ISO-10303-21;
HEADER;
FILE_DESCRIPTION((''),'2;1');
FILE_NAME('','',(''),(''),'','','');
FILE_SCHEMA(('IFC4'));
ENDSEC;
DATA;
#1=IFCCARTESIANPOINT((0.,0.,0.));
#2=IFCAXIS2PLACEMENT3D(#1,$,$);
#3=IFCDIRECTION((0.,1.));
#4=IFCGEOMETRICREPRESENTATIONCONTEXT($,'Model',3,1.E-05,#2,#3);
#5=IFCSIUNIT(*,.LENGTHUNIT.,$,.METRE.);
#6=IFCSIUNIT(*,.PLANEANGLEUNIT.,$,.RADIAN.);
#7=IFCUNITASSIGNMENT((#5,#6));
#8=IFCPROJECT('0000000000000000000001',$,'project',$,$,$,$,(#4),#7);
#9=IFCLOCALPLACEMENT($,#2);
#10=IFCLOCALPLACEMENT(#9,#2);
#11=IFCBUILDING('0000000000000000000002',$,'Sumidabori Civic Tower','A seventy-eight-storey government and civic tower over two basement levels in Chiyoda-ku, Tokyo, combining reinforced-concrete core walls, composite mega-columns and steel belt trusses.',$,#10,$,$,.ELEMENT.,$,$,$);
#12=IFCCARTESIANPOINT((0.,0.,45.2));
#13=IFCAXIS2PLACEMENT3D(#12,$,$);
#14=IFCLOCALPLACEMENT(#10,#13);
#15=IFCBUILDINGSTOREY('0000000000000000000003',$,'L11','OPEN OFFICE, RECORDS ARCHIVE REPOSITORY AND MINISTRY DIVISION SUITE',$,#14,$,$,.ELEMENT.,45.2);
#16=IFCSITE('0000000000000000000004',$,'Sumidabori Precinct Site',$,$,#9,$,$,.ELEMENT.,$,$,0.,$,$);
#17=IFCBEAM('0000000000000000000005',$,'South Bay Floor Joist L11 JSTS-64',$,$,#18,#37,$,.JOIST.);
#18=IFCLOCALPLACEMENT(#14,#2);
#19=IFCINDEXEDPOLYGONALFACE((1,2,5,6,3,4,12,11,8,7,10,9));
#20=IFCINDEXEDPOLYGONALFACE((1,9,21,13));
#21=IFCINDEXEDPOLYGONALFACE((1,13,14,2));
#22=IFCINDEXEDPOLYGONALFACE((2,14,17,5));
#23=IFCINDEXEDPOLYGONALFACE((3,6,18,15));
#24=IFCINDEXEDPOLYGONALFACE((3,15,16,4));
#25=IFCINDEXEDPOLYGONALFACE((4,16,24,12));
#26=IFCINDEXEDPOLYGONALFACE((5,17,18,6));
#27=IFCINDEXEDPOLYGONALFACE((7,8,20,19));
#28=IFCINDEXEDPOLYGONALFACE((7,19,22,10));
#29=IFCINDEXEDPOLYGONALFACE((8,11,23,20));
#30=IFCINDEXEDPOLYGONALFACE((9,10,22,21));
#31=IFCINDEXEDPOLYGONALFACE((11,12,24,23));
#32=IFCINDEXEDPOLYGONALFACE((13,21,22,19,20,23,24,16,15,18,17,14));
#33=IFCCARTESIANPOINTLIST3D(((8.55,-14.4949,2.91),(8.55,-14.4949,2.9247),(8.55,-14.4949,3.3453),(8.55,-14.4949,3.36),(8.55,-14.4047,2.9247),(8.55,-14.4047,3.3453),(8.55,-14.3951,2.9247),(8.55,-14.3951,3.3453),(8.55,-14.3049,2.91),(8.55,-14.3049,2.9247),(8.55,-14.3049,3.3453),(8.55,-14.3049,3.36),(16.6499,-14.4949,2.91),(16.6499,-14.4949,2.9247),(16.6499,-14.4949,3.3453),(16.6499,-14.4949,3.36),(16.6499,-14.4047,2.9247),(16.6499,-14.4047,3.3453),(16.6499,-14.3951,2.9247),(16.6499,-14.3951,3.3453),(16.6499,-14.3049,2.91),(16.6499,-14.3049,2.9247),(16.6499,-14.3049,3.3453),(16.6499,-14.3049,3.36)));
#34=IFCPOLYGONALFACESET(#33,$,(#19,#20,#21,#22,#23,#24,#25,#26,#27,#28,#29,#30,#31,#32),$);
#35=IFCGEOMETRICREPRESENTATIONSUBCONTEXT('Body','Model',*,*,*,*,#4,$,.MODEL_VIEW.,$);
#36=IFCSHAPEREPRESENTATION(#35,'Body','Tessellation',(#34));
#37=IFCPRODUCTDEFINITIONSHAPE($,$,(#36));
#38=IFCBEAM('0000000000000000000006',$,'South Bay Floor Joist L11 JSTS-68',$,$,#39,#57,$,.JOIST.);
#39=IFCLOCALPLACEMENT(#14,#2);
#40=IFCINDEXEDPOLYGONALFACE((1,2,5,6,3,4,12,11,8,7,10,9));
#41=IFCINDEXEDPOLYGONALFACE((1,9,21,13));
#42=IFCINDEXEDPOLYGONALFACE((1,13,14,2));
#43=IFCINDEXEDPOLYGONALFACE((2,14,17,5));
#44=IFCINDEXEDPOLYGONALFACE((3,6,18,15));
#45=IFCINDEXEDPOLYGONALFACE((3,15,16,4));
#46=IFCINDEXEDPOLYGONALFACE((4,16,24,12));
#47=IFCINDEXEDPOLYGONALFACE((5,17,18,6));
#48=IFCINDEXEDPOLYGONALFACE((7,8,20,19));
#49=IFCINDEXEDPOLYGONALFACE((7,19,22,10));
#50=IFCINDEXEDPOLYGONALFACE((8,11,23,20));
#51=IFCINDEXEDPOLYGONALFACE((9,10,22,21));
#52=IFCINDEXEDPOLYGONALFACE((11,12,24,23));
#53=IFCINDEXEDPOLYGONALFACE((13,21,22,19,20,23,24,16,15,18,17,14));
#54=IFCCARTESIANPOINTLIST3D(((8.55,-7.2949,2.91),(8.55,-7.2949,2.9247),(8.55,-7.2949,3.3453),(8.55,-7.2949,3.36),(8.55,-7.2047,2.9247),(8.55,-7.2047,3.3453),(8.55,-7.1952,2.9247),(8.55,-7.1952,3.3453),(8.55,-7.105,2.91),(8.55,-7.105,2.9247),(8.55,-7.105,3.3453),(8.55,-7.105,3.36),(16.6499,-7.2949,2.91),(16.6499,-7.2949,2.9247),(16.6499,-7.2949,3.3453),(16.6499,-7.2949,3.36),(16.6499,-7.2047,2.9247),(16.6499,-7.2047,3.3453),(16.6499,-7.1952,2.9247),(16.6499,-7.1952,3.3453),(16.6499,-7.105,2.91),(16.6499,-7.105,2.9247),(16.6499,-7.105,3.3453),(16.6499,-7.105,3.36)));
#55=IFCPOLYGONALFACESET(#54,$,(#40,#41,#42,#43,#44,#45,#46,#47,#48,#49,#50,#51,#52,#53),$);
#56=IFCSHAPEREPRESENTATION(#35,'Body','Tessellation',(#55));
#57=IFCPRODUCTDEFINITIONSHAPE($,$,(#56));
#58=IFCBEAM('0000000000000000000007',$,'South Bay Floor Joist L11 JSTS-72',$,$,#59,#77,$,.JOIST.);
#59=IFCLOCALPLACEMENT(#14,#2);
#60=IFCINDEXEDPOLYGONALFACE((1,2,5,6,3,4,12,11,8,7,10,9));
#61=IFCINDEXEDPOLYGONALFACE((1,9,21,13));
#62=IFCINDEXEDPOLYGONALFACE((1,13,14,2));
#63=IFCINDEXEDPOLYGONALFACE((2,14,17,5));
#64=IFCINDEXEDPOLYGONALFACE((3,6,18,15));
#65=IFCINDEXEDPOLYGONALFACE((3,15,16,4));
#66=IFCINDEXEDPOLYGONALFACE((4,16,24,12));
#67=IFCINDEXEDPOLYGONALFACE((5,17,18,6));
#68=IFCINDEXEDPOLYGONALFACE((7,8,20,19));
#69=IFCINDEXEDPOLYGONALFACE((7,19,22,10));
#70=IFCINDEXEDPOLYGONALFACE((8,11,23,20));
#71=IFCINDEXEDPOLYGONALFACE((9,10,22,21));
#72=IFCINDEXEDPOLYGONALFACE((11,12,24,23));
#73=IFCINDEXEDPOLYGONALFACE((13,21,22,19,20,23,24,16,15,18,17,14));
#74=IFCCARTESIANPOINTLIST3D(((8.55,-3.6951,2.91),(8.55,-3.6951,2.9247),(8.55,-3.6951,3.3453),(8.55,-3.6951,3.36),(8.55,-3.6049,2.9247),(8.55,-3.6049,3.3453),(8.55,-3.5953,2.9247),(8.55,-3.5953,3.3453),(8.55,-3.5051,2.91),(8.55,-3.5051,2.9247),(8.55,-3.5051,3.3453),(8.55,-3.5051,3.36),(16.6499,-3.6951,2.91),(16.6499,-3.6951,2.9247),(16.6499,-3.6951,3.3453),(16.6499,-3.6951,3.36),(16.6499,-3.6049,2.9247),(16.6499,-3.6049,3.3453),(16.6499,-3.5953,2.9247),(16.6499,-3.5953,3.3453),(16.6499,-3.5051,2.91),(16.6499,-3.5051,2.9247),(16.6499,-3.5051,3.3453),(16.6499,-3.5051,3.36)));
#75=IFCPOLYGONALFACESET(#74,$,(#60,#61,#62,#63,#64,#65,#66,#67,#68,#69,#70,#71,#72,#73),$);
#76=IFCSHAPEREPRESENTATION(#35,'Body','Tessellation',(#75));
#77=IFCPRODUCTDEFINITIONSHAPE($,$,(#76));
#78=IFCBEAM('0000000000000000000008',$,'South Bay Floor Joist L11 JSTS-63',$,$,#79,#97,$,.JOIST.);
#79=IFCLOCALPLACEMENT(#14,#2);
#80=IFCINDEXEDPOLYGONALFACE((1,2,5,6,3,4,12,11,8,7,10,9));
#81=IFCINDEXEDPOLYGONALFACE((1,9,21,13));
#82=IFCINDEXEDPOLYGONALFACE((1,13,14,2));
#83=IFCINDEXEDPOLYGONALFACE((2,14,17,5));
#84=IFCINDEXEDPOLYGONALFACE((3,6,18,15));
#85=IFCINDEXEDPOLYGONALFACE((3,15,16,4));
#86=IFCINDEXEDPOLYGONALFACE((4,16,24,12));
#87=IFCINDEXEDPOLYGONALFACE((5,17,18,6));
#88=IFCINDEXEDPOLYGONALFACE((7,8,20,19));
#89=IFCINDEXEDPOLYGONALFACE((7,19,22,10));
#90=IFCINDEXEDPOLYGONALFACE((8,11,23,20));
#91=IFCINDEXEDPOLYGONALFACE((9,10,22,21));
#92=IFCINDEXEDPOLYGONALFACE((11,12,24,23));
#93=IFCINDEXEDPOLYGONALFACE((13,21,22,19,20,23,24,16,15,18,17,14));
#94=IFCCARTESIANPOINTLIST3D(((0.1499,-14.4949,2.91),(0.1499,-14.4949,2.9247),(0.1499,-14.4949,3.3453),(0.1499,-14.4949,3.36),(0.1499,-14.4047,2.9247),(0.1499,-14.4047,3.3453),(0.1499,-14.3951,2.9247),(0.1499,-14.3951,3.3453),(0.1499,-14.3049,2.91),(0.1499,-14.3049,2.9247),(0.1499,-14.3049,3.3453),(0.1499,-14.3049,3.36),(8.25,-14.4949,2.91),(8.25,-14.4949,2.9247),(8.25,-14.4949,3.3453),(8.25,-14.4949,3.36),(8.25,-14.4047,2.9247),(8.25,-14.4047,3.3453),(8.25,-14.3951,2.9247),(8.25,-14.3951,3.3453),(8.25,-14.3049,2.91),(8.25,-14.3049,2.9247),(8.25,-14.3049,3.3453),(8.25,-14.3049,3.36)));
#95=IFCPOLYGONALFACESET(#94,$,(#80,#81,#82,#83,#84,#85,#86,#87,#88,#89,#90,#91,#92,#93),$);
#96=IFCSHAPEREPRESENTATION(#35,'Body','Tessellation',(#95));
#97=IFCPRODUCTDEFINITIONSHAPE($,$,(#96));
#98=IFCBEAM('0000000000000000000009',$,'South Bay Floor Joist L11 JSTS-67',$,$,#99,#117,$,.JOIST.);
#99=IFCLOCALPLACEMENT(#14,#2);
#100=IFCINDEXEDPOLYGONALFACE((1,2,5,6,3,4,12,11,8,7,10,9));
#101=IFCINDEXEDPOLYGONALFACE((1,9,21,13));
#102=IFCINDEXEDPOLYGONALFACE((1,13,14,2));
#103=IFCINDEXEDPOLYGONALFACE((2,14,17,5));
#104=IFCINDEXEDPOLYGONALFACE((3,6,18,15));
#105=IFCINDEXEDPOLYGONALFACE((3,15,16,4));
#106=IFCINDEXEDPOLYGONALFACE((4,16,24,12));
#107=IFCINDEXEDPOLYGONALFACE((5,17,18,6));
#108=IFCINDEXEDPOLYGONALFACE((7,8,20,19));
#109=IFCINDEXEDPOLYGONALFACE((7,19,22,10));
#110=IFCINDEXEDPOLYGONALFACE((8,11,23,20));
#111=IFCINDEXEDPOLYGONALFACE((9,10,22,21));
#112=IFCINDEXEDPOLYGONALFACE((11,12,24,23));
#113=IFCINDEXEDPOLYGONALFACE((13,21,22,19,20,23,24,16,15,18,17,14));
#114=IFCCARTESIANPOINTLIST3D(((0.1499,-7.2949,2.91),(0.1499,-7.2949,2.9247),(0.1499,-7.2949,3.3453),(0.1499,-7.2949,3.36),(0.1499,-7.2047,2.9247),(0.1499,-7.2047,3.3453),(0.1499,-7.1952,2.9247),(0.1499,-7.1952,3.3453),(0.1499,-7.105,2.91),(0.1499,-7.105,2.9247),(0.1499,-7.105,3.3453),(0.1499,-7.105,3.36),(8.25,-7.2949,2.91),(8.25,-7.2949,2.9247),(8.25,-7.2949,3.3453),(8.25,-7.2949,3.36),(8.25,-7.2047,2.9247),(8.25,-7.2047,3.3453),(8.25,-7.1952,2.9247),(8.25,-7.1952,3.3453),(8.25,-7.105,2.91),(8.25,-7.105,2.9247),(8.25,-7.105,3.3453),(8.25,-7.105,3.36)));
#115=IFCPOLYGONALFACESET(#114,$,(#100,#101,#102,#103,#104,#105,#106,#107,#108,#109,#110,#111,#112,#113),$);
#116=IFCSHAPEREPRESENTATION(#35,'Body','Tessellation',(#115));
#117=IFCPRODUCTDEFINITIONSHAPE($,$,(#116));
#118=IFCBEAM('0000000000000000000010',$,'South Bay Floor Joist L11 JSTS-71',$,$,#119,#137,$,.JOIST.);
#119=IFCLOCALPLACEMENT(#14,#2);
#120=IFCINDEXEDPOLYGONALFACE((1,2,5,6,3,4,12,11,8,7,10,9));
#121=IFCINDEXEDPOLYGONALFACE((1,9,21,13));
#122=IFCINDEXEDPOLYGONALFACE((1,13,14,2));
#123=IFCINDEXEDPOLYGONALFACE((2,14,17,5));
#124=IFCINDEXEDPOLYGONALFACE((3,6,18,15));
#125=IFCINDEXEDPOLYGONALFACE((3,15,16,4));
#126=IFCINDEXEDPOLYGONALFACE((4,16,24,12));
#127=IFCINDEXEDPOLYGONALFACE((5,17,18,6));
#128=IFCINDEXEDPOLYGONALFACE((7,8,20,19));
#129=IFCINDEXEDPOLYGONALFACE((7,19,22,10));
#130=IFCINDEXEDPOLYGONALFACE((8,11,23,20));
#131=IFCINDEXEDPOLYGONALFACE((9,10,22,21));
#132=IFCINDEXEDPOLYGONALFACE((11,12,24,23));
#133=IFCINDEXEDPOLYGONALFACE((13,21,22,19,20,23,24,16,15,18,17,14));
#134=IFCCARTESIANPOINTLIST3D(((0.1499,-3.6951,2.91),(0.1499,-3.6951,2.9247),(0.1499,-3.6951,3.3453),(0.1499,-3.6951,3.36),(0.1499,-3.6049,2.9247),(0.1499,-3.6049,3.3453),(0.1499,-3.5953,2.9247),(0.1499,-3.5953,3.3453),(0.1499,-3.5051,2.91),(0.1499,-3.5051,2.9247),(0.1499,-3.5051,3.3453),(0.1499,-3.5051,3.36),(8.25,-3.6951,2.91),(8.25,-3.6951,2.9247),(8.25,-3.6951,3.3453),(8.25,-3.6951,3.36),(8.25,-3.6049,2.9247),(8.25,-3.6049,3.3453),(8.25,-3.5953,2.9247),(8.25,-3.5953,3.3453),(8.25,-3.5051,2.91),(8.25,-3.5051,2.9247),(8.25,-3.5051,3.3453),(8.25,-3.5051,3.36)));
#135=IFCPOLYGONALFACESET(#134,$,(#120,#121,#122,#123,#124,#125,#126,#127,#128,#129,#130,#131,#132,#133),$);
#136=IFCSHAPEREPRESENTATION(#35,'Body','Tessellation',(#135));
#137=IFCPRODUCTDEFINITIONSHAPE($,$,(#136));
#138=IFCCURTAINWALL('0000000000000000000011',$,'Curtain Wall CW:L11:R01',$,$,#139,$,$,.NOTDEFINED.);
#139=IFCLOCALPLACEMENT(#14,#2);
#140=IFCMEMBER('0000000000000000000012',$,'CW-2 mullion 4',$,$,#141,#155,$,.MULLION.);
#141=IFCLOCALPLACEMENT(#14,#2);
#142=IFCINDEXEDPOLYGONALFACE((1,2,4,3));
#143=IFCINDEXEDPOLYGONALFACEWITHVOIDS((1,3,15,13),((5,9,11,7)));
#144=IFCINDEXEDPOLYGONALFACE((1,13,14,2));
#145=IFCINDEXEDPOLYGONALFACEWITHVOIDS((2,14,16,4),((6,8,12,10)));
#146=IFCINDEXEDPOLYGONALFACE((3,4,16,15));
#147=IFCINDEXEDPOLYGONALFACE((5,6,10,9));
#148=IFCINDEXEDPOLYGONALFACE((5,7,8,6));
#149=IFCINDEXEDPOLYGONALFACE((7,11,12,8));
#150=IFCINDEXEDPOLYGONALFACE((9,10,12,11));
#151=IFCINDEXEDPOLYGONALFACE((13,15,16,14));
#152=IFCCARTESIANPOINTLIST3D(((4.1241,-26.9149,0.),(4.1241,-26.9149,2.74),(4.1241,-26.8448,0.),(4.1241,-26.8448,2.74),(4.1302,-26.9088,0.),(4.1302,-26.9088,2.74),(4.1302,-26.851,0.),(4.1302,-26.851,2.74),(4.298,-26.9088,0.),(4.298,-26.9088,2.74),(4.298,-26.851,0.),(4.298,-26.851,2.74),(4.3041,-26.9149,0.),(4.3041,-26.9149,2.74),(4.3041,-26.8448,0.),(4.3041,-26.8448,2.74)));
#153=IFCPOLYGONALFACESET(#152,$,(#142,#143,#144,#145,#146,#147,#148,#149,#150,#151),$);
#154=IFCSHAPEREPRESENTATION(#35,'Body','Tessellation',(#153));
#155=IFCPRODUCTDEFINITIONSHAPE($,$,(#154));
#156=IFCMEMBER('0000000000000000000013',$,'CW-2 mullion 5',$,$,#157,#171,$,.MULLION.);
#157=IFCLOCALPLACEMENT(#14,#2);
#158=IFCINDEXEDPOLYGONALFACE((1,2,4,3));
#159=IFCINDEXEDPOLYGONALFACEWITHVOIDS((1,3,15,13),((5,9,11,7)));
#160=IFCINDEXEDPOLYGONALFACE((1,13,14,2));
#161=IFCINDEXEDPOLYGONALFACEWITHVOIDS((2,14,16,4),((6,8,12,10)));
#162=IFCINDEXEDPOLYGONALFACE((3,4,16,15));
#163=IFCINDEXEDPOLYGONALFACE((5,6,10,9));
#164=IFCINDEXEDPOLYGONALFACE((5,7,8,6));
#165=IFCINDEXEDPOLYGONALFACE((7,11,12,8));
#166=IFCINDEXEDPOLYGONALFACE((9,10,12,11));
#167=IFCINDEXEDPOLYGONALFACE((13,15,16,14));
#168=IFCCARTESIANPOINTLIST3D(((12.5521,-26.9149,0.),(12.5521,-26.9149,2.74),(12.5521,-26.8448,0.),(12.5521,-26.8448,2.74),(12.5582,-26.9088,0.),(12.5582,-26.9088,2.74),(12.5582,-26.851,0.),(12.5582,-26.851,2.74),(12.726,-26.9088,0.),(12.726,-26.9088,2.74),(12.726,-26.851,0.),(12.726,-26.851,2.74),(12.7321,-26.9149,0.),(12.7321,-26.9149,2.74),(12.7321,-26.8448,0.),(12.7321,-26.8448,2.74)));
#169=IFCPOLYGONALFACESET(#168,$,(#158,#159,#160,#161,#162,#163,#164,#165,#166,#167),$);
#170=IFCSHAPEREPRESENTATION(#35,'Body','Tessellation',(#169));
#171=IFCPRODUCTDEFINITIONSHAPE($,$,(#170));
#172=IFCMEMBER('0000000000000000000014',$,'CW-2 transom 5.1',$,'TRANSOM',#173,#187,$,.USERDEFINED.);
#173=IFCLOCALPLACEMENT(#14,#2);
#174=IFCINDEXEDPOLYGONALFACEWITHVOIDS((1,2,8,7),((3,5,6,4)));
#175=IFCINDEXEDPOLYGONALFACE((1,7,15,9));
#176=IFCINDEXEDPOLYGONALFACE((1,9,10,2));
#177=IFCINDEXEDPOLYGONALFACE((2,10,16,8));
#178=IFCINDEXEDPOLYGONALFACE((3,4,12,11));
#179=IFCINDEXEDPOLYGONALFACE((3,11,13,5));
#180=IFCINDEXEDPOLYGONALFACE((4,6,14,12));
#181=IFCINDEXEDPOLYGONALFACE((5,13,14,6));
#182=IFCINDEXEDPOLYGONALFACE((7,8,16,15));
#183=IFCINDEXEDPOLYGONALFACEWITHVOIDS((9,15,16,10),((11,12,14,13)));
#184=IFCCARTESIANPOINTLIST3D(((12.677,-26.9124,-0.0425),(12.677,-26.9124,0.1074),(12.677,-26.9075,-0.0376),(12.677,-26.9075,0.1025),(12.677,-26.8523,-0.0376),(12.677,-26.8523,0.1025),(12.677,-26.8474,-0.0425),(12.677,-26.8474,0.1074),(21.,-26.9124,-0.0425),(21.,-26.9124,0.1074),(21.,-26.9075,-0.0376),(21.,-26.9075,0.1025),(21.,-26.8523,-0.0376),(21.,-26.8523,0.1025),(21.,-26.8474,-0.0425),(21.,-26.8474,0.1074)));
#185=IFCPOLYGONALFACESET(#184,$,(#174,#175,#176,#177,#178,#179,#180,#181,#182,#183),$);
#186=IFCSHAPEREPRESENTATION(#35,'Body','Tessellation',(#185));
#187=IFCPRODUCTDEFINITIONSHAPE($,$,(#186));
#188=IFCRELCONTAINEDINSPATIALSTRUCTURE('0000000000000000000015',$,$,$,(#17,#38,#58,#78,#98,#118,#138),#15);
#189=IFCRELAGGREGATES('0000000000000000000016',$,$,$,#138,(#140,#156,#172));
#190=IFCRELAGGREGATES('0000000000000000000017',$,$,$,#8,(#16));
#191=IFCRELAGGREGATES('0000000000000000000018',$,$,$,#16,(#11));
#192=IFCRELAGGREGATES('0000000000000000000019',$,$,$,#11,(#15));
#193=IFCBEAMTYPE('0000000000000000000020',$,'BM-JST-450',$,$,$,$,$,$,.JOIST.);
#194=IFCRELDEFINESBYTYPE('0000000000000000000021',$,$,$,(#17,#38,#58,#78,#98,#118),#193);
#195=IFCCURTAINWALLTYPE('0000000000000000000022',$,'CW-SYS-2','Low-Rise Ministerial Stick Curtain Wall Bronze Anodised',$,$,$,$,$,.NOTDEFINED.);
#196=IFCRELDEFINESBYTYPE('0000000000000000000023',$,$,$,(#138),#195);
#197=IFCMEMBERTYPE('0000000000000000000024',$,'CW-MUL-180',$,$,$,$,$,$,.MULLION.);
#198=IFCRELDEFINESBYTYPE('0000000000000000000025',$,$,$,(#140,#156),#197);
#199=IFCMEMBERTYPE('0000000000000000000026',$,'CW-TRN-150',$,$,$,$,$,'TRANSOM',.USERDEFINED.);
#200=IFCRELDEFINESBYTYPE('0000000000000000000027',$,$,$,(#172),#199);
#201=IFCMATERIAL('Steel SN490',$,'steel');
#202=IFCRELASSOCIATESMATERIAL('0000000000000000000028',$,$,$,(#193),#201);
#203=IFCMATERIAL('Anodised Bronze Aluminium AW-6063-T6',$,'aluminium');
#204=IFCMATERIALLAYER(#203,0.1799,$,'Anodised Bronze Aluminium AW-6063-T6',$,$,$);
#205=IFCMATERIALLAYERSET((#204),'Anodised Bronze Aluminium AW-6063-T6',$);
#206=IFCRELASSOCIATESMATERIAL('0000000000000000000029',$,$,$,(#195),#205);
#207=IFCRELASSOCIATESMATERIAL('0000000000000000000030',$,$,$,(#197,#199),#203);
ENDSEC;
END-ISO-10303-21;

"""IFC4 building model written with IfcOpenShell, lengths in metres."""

from ifc_helpers import new_model, si_unit, direction, frame, origin, origin_2d, place, context, subcontext, project, spatial, hollow_rectangle, i_section, extrude, source, transform, mapped, material, layer, layer_set, material_profile, profile_set, type_object, element, aggregate, save


model = new_model("IFC4")

# Units and contexts
model_context = context("Model", 3, precision=1e-05, world=origin(), true_north=direction((0.0, 1.0)))
body_context = subcontext(model_context, "Body", "Model", "MODEL_VIEW")
ifc_project = project(units=[si_unit("LENGTHUNIT", "METRE"), si_unit("PLANEANGLEUNIT", "RADIAN")], contexts=[model_context])

# Site, building, storey
site_placement = place(None, origin())
site = spatial("IfcSite", under=ifc_project, at=site_placement, Name="Sumidabori Precinct Site", CompositionType="ELEMENT", RefElevation=0.0)
building_placement = place(site_placement, origin())
building = spatial("IfcBuilding", under=site, at=building_placement, Name="Sumidabori Civic Tower", Description="A seventy-eight-storey government and civic tower over two basement levels in Chiyoda-ku, Tokyo, combining reinforced-concrete core walls, composite mega-columns and steel belt trusses.", CompositionType="ELEMENT")
storey_placement = place(building_placement, frame((0.0, 0.0, 45.2)))
storey = spatial("IfcBuildingStorey", under=building, at=storey_placement, Name="L11", Description="OPEN OFFICE, RECORDS ARCHIVE REPOSITORY AND MINISTRY DIVISION SUITE", CompositionType="ELEMENT", Elevation=45.2)

# Beams
ifc_material_1 = material(Name="Steel SN490", Category="steel")
ifc_material_profile_1 = material_profile(ifc_material_1, i_section(OverallWidth=0.1899, OverallDepth=0.45, WebThickness=0.0095, FlangeThickness=0.0146, at=origin_2d()), Name="IPE 450")
ifc_profile_set_1 = profile_set([ifc_material_profile_1], Name="Steel SN490")
beam_type_1 = type_object("IfcBeamType", Name="BM-JST-450", PredefinedType="JOIST", material=ifc_profile_set_1)
shared_shape_1 = source(origin(), body_context, "Body", "SweptSolid", [
    extrude(i_section(OverallWidth=0.1899, OverallDepth=0.45, WebThickness=0.0095, FlangeThickness=0.0146, at=origin_2d()), origin(), (0.0, 0.0, 1.0), 8.0999),
])
for number, where, z_axis, x_axis, name in (
    (1, (8.55, -14.3999, 3.135), (1.0, 0.0, 0.0), (0.0, 1.0, 0.0), "South Bay Floor Joist L11 JSTS-64"),
    (2, (8.55, -7.2, 3.135), (1.0, 0.0, 0.0), (0.0, 1.0, 0.0), "South Bay Floor Joist L11 JSTS-68"),
    (3, (8.55, -3.6001, 3.135), (1.0, 0.0, 0.0), (0.0, 1.0, 0.0), "South Bay Floor Joist L11 JSTS-72"),
):
    element("IfcBeam", number, at=place(storey_placement, frame(where, z_axis=z_axis, x_axis=x_axis)), inside=storey, type_object=beam_type_1, Name=name, PredefinedType="JOIST", context=body_context, shape_type="MappedRepresentation", body=[
        mapped(shared_shape_1, transform((0.0, 0.0, 0.0), x_axis=(1.0, 0.0, 0.0), y_axis=(0.0, 1.0, 0.0), z_axis=(0.0, 0.0, 1.0), scale=1.0)),
    ])
shared_shape_2 = source(origin(), body_context, "Body", "SweptSolid", [
    extrude(i_section(OverallWidth=0.1899, OverallDepth=0.45, WebThickness=0.0095, FlangeThickness=0.0146, at=origin_2d()), origin(), (0.0, 0.0, 1.0), 8.1001),
])
for number, where, z_axis, x_axis, name in (
    (4, (0.1499, -14.3999, 3.135), (1.0, 0.0, 0.0), (0.0, 1.0, 0.0), "South Bay Floor Joist L11 JSTS-63"),
    (5, (0.1499, -7.2, 3.135), (1.0, 0.0, 0.0), (0.0, 1.0, 0.0), "South Bay Floor Joist L11 JSTS-67"),
    (6, (0.1499, -3.6001, 3.135), (1.0, 0.0, 0.0), (0.0, 1.0, 0.0), "South Bay Floor Joist L11 JSTS-71"),
):
    element("IfcBeam", number, at=place(storey_placement, frame(where, z_axis=z_axis, x_axis=x_axis)), inside=storey, type_object=beam_type_1, Name=name, PredefinedType="JOIST", context=body_context, shape_type="MappedRepresentation", body=[
        mapped(shared_shape_2, transform((0.0, 0.0, 0.0), x_axis=(1.0, 0.0, 0.0), y_axis=(0.0, 1.0, 0.0), z_axis=(0.0, 0.0, 1.0), scale=1.0)),
    ])

# Curtain wall, members
ifc_material_2 = material(Name="Anodised Bronze Aluminium AW-6063-T6", Category="aluminium")
ifc_layer_1 = layer(ifc_material_2, 0.1799, Name="Anodised Bronze Aluminium AW-6063-T6")
ifc_layer_set_1 = layer_set([ifc_layer_1], Name="Anodised Bronze Aluminium AW-6063-T6")
curtain_wall_type = type_object("IfcCurtainWallType", Name="CW-SYS-2", Description="Low-Rise Ministerial Stick Curtain Wall Bronze Anodised", PredefinedType="NOTDEFINED", material=ifc_layer_set_1)
curtain_wall_placement = place(storey_placement, origin())
curtain_wall = element("IfcCurtainWall", 7, at=curtain_wall_placement, inside=storey, type_object=curtain_wall_type, Name="Curtain Wall CW:L11:R01", PredefinedType="NOTDEFINED")
ifc_material_profile_2 = material_profile(ifc_material_2, hollow_rectangle(XDim=0.0701, YDim=0.1799, WallThickness=0.0061, at=origin_2d()), Name="ALU MULLION 180x70")
ifc_profile_set_2 = profile_set([ifc_material_profile_2], Name="Anodised Bronze Aluminium AW-6063-T6")
member_type_1 = type_object("IfcMemberType", Name="CW-MUL-180", PredefinedType="MULLION", material=ifc_profile_set_2)
shared_shape_3 = source(origin(), body_context, "Body", "SweptSolid", [
    extrude(hollow_rectangle(XDim=0.0701, YDim=0.1799, WallThickness=0.0061, at=origin_2d()), origin(), (0.0, 0.0, 1.0), 2.74),
])
member_1_placement = place(storey_placement, frame((4.2141, -26.8799, 0.0), z_axis=(0.0, 0.0, 1.0), x_axis=(0.0, 1.0, 0.0)))
member_1 = element("IfcMember", 8, at=member_1_placement, type_object=member_type_1, Name="CW-2 mullion 4", PredefinedType="MULLION", context=body_context, shape_type="MappedRepresentation", body=[
    mapped(shared_shape_3, transform((0.0, 0.0, 0.0), x_axis=(1.0, 0.0, 0.0), y_axis=(0.0, 1.0, 0.0), z_axis=(0.0, 0.0, 1.0), scale=1.0)),
])
member_2_placement = place(storey_placement, frame((12.6421, -26.8799, 0.0), z_axis=(0.0, 0.0, 1.0), x_axis=(0.0, 1.0, 0.0)))
member_2 = element("IfcMember", 9, at=member_2_placement, type_object=member_type_1, Name="CW-2 mullion 5", PredefinedType="MULLION", context=body_context, shape_type="MappedRepresentation", body=[
    mapped(shared_shape_3, transform((0.0, 0.0, 0.0), x_axis=(1.0, 0.0, 0.0), y_axis=(0.0, 1.0, 0.0), z_axis=(0.0, 0.0, 1.0), scale=1.0)),
])
ifc_material_profile_3 = material_profile(ifc_material_2, hollow_rectangle(XDim=0.0649, YDim=0.1499, WallThickness=0.0049, at=origin_2d()), Name="ALU TRANSOM 150x65")
ifc_profile_set_3 = profile_set([ifc_material_profile_3], Name="Anodised Bronze Aluminium AW-6063-T6")
member_type_2 = type_object("IfcMemberType", Name="CW-TRN-150", ElementType="TRANSOM", PredefinedType="USERDEFINED", material=ifc_profile_set_3)
shared_shape_4 = source(origin(), body_context, "Body", "SweptSolid", [
    extrude(hollow_rectangle(XDim=0.0649, YDim=0.1499, WallThickness=0.0049, at=origin_2d()), origin(), (0.0, 0.0, 1.0), 8.323),
])
member_3_placement = place(storey_placement, frame((12.677, -26.8799, 0.0325), z_axis=(1.0, 0.0, 0.0), x_axis=(0.0, 1.0, 0.0)))
member_3 = element("IfcMember", 10, at=member_3_placement, type_object=member_type_2, Name="CW-2 transom 5.1", ObjectType="TRANSOM", PredefinedType="USERDEFINED", context=body_context, shape_type="MappedRepresentation", body=[
    mapped(shared_shape_4, transform((0.0, 0.0, 0.0), x_axis=(1.0, 0.0, 0.0), y_axis=(0.0, 1.0, 0.0), z_axis=(0.0, 0.0, 1.0), scale=1.0)),
])
aggregate(curtain_wall, [member_1, member_2, member_3])

save(model, "model.ifc")
